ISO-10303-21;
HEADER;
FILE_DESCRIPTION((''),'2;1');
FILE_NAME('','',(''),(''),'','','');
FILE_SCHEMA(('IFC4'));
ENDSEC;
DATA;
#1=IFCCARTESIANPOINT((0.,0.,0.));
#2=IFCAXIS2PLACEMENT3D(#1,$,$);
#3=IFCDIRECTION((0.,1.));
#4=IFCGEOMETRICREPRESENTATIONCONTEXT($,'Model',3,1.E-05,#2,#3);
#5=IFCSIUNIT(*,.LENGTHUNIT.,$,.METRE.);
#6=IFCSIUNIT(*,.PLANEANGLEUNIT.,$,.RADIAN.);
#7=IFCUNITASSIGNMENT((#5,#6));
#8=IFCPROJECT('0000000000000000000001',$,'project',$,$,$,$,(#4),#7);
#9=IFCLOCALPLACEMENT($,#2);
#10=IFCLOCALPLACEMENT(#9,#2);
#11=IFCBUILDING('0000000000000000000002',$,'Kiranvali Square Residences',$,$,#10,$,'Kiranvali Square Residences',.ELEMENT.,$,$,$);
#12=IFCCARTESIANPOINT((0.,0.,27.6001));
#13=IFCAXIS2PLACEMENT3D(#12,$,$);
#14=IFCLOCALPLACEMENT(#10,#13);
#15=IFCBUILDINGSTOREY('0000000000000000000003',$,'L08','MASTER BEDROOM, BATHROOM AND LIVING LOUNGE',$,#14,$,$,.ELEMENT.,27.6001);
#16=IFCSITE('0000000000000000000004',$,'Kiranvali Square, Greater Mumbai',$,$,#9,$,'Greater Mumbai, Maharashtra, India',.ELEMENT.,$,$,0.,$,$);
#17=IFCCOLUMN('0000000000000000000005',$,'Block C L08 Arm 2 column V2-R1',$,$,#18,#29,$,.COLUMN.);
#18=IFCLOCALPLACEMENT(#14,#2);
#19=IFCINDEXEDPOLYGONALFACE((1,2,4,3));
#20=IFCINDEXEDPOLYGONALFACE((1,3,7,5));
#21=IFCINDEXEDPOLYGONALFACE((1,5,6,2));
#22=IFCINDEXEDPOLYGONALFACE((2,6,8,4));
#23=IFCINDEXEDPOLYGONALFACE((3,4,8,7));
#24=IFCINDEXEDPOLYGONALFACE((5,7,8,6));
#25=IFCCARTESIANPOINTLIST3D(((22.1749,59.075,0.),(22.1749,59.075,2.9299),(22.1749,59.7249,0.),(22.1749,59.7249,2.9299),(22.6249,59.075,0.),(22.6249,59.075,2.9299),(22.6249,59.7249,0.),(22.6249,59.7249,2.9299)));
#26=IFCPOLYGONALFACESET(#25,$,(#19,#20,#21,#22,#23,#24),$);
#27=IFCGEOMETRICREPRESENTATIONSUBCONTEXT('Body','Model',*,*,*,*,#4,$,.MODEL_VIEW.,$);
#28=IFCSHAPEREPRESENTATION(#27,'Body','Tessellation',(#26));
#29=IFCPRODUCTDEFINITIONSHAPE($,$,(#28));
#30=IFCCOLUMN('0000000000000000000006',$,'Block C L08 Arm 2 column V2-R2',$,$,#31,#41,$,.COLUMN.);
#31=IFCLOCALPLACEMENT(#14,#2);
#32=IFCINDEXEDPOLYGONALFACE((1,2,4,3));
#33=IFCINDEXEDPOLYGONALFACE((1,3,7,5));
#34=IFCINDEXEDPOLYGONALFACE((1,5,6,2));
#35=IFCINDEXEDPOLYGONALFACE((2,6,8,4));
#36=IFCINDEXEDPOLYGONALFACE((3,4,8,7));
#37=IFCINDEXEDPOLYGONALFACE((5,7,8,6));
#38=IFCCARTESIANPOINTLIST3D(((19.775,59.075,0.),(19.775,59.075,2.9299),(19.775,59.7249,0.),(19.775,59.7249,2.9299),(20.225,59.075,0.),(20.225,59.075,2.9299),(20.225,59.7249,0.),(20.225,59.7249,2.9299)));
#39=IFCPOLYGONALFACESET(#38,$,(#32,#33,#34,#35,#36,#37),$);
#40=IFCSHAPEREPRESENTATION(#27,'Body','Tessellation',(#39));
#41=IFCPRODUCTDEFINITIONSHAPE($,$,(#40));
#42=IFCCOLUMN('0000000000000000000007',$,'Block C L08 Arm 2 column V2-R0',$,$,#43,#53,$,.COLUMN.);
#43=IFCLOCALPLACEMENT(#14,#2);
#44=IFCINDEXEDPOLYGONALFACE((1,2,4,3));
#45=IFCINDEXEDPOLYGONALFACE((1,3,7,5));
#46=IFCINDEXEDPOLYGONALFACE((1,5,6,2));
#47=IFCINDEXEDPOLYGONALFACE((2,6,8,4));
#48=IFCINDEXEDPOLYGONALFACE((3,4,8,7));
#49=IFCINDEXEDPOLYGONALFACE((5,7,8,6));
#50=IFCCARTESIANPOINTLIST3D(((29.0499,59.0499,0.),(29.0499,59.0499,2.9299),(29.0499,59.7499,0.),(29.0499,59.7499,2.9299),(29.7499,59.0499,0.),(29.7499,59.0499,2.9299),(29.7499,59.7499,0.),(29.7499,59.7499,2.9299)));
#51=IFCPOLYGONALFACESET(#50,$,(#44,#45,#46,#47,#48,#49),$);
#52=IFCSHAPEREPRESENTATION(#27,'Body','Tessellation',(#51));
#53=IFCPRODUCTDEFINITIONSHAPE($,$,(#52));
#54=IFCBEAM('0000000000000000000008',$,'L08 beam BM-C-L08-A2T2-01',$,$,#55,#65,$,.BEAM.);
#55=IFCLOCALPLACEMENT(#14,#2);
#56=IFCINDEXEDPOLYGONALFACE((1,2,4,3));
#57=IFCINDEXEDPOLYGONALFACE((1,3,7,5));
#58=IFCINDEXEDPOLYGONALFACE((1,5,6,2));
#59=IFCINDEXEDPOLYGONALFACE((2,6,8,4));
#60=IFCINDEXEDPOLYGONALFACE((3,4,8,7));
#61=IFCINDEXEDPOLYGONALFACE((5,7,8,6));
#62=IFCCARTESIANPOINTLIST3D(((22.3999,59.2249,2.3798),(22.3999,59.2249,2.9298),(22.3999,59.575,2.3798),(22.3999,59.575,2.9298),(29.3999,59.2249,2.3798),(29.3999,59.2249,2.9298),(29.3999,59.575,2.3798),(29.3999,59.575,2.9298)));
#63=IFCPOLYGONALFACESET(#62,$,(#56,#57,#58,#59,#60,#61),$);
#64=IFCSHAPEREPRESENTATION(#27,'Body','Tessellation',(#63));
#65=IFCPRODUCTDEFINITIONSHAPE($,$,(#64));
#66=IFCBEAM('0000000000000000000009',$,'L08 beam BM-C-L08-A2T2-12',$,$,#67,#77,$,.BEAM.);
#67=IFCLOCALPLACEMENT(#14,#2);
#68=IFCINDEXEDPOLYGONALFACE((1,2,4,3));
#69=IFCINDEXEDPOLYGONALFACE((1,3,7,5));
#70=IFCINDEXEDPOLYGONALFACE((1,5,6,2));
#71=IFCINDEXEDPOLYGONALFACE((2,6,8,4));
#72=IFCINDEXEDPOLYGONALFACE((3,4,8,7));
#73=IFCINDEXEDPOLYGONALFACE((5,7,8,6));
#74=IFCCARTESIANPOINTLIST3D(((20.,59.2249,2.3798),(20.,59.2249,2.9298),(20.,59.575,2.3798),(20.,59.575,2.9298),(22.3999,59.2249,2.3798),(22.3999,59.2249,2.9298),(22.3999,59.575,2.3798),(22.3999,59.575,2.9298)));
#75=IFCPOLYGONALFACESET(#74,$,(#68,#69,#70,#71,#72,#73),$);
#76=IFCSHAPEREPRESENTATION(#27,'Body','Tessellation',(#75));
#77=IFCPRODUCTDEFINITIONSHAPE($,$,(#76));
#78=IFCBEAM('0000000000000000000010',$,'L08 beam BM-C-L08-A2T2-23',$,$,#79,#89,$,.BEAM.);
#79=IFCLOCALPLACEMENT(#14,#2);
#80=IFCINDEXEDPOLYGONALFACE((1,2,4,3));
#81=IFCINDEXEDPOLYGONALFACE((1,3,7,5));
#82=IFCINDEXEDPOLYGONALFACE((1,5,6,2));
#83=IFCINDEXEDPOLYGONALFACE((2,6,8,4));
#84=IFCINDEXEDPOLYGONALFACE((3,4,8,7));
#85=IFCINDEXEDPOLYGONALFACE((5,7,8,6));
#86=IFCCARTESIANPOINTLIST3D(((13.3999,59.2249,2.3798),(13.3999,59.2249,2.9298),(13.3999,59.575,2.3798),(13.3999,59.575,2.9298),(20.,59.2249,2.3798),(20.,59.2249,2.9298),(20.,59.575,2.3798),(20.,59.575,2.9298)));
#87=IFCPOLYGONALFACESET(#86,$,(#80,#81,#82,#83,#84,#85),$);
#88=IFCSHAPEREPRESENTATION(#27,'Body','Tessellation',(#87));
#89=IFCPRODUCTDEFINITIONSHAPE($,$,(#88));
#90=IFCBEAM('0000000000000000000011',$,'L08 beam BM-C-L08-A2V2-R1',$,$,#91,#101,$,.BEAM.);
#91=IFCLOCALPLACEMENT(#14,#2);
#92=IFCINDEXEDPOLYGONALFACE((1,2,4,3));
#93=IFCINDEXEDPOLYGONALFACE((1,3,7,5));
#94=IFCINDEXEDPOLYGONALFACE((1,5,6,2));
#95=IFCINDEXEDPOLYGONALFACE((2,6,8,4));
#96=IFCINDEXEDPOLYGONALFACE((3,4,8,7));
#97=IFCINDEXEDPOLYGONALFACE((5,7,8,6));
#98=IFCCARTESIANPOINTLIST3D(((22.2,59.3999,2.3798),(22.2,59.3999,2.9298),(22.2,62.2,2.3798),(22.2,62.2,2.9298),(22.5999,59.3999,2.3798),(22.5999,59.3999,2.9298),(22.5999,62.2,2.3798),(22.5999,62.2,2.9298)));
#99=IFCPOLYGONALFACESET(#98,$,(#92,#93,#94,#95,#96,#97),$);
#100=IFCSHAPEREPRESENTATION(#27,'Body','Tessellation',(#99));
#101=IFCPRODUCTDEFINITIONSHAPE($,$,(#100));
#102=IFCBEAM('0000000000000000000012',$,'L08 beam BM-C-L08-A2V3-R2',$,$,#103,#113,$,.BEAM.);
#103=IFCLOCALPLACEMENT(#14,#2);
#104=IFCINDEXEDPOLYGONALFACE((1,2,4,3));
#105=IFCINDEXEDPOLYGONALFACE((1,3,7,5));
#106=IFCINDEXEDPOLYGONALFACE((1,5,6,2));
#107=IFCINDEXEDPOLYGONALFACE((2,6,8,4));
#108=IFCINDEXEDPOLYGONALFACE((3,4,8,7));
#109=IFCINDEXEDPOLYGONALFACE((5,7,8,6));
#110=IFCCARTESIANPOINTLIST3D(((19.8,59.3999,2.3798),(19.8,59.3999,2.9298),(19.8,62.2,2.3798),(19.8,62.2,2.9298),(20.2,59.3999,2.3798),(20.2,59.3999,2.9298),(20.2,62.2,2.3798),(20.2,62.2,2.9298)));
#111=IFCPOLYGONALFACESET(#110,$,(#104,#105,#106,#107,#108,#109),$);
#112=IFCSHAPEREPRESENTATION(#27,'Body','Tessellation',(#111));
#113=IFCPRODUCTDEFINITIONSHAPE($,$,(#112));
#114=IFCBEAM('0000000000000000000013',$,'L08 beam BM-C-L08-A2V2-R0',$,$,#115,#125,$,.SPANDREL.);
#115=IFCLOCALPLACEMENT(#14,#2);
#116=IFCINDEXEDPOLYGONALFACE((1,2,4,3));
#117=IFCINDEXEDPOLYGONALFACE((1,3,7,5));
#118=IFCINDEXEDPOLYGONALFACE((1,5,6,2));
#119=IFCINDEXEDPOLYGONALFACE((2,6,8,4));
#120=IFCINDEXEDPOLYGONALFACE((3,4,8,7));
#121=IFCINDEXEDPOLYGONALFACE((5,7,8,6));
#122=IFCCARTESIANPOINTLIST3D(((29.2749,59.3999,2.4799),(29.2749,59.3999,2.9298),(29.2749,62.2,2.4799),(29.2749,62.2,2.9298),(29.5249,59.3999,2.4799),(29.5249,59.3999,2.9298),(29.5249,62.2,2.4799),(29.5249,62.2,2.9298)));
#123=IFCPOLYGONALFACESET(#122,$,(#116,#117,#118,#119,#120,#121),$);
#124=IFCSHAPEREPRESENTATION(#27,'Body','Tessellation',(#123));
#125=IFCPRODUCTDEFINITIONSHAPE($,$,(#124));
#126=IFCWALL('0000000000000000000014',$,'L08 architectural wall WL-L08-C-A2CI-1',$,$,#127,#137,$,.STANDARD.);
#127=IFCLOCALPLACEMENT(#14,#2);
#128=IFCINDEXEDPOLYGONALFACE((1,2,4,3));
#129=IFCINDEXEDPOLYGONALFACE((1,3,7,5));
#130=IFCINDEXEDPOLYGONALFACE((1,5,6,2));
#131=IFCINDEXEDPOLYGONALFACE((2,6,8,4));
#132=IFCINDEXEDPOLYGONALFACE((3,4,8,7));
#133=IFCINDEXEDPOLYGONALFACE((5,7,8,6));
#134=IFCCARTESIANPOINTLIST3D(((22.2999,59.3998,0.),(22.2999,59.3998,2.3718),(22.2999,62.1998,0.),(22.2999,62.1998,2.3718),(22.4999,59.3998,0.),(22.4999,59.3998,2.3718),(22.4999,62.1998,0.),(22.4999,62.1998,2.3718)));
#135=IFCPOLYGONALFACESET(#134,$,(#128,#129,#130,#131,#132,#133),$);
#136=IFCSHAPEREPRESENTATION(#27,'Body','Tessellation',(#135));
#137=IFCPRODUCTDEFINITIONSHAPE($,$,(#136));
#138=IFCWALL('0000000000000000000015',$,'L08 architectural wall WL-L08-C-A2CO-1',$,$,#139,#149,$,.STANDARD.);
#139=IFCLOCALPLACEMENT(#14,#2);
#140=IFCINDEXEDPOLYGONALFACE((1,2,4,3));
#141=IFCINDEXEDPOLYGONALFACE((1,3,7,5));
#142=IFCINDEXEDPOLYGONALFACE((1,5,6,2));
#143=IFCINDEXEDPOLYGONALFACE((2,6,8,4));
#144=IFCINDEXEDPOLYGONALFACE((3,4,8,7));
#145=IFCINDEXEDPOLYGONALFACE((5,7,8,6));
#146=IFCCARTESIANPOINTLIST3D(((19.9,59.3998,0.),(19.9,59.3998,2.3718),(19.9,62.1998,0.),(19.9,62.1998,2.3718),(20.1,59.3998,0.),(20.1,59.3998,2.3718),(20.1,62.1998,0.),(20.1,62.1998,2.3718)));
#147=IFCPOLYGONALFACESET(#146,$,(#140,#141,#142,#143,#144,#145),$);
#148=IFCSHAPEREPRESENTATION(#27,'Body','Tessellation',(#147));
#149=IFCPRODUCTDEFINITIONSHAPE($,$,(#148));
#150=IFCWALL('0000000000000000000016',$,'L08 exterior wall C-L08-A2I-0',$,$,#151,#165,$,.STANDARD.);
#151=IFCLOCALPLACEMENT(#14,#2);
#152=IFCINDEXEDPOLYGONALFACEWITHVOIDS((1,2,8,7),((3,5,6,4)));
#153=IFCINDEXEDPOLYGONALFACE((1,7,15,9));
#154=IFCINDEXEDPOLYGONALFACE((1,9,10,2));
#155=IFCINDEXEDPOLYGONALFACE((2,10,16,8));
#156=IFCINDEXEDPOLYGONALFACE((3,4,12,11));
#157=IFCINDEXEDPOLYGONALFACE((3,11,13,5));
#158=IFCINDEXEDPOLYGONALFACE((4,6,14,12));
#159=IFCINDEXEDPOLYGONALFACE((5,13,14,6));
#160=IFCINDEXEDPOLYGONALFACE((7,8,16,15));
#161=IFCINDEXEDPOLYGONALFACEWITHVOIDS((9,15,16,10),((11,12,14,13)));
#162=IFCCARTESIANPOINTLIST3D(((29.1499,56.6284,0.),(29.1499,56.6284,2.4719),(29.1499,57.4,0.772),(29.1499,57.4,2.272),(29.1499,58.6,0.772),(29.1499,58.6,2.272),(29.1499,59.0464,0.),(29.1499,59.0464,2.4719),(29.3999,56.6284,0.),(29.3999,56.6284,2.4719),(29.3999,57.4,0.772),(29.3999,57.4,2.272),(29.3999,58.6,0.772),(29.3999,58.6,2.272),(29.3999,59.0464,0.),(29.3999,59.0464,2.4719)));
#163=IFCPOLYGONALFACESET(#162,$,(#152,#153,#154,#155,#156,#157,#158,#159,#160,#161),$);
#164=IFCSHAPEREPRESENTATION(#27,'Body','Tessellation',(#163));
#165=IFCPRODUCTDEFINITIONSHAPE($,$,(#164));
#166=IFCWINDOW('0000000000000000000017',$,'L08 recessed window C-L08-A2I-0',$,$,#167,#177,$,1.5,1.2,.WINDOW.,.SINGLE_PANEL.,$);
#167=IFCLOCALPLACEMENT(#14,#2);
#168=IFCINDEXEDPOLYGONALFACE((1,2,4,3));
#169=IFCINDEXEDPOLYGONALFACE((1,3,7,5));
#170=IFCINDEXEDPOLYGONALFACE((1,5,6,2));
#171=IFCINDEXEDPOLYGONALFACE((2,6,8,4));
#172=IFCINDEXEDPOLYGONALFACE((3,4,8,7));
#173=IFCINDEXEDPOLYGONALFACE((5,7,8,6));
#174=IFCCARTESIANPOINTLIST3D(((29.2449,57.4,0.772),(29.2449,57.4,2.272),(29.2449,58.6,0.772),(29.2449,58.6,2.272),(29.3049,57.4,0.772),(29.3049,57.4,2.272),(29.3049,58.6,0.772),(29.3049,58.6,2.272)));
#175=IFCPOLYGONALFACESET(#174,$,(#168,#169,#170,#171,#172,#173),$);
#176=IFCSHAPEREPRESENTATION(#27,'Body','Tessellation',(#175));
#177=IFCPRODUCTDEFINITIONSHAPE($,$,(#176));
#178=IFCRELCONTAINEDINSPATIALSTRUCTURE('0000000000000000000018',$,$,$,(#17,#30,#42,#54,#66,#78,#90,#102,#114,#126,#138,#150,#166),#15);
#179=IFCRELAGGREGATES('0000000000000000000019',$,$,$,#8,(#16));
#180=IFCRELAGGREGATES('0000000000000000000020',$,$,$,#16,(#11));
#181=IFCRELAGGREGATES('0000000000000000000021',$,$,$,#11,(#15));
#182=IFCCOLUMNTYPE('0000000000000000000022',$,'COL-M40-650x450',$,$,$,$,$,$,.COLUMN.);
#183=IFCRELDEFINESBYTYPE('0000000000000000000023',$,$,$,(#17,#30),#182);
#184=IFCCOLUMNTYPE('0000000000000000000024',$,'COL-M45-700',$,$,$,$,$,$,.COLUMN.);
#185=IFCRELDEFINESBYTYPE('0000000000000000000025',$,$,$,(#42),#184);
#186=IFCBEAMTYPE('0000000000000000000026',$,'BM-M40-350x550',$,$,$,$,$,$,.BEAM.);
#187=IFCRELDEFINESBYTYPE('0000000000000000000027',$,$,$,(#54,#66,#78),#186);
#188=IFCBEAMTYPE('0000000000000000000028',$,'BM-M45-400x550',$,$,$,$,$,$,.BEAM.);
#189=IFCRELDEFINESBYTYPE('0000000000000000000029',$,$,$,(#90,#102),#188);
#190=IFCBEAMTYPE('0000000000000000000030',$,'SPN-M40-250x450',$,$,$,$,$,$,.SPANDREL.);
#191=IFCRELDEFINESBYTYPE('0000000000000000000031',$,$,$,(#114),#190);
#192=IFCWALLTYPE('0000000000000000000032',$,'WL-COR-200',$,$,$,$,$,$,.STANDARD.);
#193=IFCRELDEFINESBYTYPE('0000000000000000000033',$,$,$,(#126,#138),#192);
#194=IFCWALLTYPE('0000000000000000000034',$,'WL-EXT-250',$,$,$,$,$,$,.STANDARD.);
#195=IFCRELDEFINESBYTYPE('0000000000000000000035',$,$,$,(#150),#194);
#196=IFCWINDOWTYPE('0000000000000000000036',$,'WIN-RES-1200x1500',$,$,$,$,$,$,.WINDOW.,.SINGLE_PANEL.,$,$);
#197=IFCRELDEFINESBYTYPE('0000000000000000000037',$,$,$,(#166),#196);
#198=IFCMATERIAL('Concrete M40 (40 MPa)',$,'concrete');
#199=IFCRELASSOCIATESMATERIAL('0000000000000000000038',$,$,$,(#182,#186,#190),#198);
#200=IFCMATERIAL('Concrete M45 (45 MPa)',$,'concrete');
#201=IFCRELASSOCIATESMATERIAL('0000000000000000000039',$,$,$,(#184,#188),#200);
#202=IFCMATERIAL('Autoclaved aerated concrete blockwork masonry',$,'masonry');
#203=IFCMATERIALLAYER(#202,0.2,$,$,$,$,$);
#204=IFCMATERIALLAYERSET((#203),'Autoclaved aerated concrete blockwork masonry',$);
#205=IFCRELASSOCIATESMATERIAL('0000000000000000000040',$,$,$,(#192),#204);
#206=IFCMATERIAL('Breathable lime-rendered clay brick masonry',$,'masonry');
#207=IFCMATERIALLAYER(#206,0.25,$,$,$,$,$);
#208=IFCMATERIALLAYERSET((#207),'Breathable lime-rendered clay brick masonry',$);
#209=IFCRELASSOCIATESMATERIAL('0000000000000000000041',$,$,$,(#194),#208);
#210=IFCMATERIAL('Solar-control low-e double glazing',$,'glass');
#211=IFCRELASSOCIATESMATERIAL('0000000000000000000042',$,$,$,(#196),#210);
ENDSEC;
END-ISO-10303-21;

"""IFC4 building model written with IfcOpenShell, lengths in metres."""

from ifc_helpers import new_model, si_unit, direction, frame, frame_2d, origin, origin_2d, place, context, subcontext, project, spatial, rectangle, extrude, material, layer, layer_set, material_profile, profile_set, type_object, element, fill, save


model = new_model("IFC4")

# Units and contexts
model_context = context("Model", 3, precision=1e-05, world=origin(), true_north=direction((0.0, 1.0)))
body_context = subcontext(model_context, "Body", "Model", "MODEL_VIEW")
ifc_project = project(units=[si_unit("LENGTHUNIT", "METRE"), si_unit("PLANEANGLEUNIT", "RADIAN")], contexts=[model_context])

# Site, building, storey
site_placement = place(None, origin())
site = spatial("IfcSite", under=ifc_project, at=site_placement, Name="Kiranvali Square, Greater Mumbai", LongName="Greater Mumbai, Maharashtra, India", CompositionType="ELEMENT", RefElevation=0.0)
building_placement = place(site_placement, origin())
building = spatial("IfcBuilding", under=site, at=building_placement, Name="Kiranvali Square Residences", LongName="Kiranvali Square Residences", CompositionType="ELEMENT")
storey_placement = place(building_placement, frame((0.0, 0.0, 27.6001)))
storey = spatial("IfcBuildingStorey", under=building, at=storey_placement, Name="L08", Description="MASTER BEDROOM, BATHROOM AND LIVING LOUNGE", CompositionType="ELEMENT", Elevation=27.6001)

# Columns
ifc_material_1 = material(Name="Concrete M40 (40 MPa)", Category="concrete")
ifc_material_profile_1 = material_profile(ifc_material_1, rectangle(XDim=0.45, YDim=0.6499, at=origin_2d()), Name="RC 650x450")
ifc_profile_set_1 = profile_set([ifc_material_profile_1], Name="Concrete M40 (40 MPa)")
column_type_1 = type_object("IfcColumnType", Name="COL-M40-650x450", PredefinedType="COLUMN", material=ifc_profile_set_1)
for number, where, z_axis, x_axis, name in (
    (1, (22.3999, 59.3999, 0.0), (0.0, 0.0, 1.0), (1.0, 0.0, 0.0), "Block C L08 Arm 2 column V2-R1"),
    (2, (20.0, 59.3999, 0.0), (0.0, 0.0, 1.0), (1.0, 0.0, 0.0), "Block C L08 Arm 2 column V2-R2"),
):
    element("IfcColumn", number, at=place(storey_placement, frame(where, z_axis=z_axis, x_axis=x_axis)), inside=storey, type_object=column_type_1, Name=name, PredefinedType="COLUMN", context=body_context, shape_type="SweptSolid", body=[
        extrude(rectangle(XDim=0.45, YDim=0.6499, at=origin_2d()), origin(), (0.0, 0.0, 1.0), 2.9299),
    ])
ifc_material_2 = material(Name="Concrete M45 (45 MPa)", Category="concrete")
ifc_material_profile_2 = material_profile(ifc_material_2, rectangle(XDim=0.7, YDim=0.7, at=origin_2d()), Name="RC 700x700")
ifc_profile_set_2 = profile_set([ifc_material_profile_2], Name="Concrete M45 (45 MPa)")
column_type_2 = type_object("IfcColumnType", Name="COL-M45-700", PredefinedType="COLUMN", material=ifc_profile_set_2)
column_placement = place(storey_placement, frame((29.3999, 59.3999, 0.0), z_axis=(0.0, 0.0, 1.0), x_axis=(1.0, 0.0, 0.0)))
element("IfcColumn", 3, at=column_placement, inside=storey, type_object=column_type_2, Name="Block C L08 Arm 2 column V2-R0", PredefinedType="COLUMN", context=body_context, shape_type="SweptSolid", body=[
    extrude(rectangle(XDim=0.7, YDim=0.7, at=origin_2d()), origin(), (0.0, 0.0, 1.0), 2.9299),
])

# Beams
ifc_material_profile_3 = material_profile(ifc_material_1, rectangle(XDim=0.3501, YDim=0.55, at=origin_2d()), Name="RC 350x550")
ifc_profile_set_3 = profile_set([ifc_material_profile_3], Name="Concrete M40 (40 MPa)")
beam_type_1 = type_object("IfcBeamType", Name="BM-M40-350x550", PredefinedType="BEAM", material=ifc_profile_set_3)
beam_1_placement = place(storey_placement, frame((29.3999, 59.3999, 2.6548), z_axis=(-1.0, 0.0, 0.0), x_axis=(0.0, -1.0, 0.0)))
element("IfcBeam", 4, at=beam_1_placement, inside=storey, type_object=beam_type_1, Name="L08 beam BM-C-L08-A2T2-01", PredefinedType="BEAM", context=body_context, shape_type="SweptSolid", body=[
    extrude(rectangle(XDim=0.3501, YDim=0.55, at=origin_2d()), origin(), (0.0, 0.0, 1.0), 7.0),
])
beam_2_placement = place(storey_placement, frame((22.3999, 59.3999, 2.6548), z_axis=(-1.0, 0.0, 0.0), x_axis=(0.0, -1.0, 0.0)))
element("IfcBeam", 5, at=beam_2_placement, inside=storey, type_object=beam_type_1, Name="L08 beam BM-C-L08-A2T2-12", PredefinedType="BEAM", context=body_context, shape_type="SweptSolid", body=[
    extrude(rectangle(XDim=0.3501, YDim=0.55, at=origin_2d()), origin(), (0.0, 0.0, 1.0), 2.3999),
])
beam_3_placement = place(storey_placement, frame((20.0, 59.3999, 2.6548), z_axis=(-1.0, 0.0, 0.0), x_axis=(0.0, -1.0, 0.0)))
element("IfcBeam", 6, at=beam_3_placement, inside=storey, type_object=beam_type_1, Name="L08 beam BM-C-L08-A2T2-23", PredefinedType="BEAM", context=body_context, shape_type="SweptSolid", body=[
    extrude(rectangle(XDim=0.3501, YDim=0.55, at=origin_2d()), origin(), (0.0, 0.0, 1.0), 6.6001),
])
ifc_material_profile_4 = material_profile(ifc_material_2, rectangle(XDim=0.3999, YDim=0.55, at=origin_2d()), Name="RC 400x550")
ifc_profile_set_4 = profile_set([ifc_material_profile_4], Name="Concrete M45 (45 MPa)")
beam_type_2 = type_object("IfcBeamType", Name="BM-M45-400x550", PredefinedType="BEAM", material=ifc_profile_set_4)
for number, where, z_axis, x_axis, name in (
    (7, (22.3999, 59.3999, 2.6548), (0.0, 1.0, 0.0), (-1.0, 0.0, 0.0), "L08 beam BM-C-L08-A2V2-R1"),
    (8, (20.0, 59.3999, 2.6548), (0.0, 1.0, 0.0), (-1.0, 0.0, 0.0), "L08 beam BM-C-L08-A2V3-R2"),
):
    element("IfcBeam", number, at=place(storey_placement, frame(where, z_axis=z_axis, x_axis=x_axis)), inside=storey, type_object=beam_type_2, Name=name, PredefinedType="BEAM", context=body_context, shape_type="SweptSolid", body=[
        extrude(rectangle(XDim=0.3999, YDim=0.55, at=origin_2d()), origin(), (0.0, 0.0, 1.0), 2.8),
    ])
ifc_material_profile_5 = material_profile(ifc_material_1, rectangle(XDim=0.25, YDim=0.45, at=origin_2d()), Name="RC 250x450")
ifc_profile_set_5 = profile_set([ifc_material_profile_5], Name="Concrete M40 (40 MPa)")
beam_type_3 = type_object("IfcBeamType", Name="SPN-M40-250x450", PredefinedType="SPANDREL", material=ifc_profile_set_5)
beam_4_placement = place(storey_placement, frame((29.3999, 59.3999, 2.7048), z_axis=(0.0, 1.0, 0.0), x_axis=(-1.0, 0.0, 0.0)))
element("IfcBeam", 9, at=beam_4_placement, inside=storey, type_object=beam_type_3, Name="L08 beam BM-C-L08-A2V2-R0", PredefinedType="SPANDREL", context=body_context, shape_type="SweptSolid", body=[
    extrude(rectangle(XDim=0.25, YDim=0.45, at=origin_2d()), origin(), (0.0, 0.0, 1.0), 2.8),
])

# Walls
ifc_material_3 = material(Name="Autoclaved aerated concrete blockwork masonry", Category="masonry")
ifc_layer_1 = layer(ifc_material_3, 0.2)
ifc_layer_set_1 = layer_set([ifc_layer_1], Name="Autoclaved aerated concrete blockwork masonry")
wall_type_1 = type_object("IfcWallType", Name="WL-COR-200", PredefinedType="STANDARD", material=ifc_layer_set_1)
for number, where, z_axis, x_axis, name in (
    (10, (22.3999, 59.3999, 0.0), (0.0, 0.0, 1.0), (0.0, 1.0, 0.0), "L08 architectural wall WL-L08-C-A2CI-1"),
    (11, (20.0, 59.3999, 0.0), (0.0, 0.0, 1.0), (0.0, 1.0, 0.0), "L08 architectural wall WL-L08-C-A2CO-1"),
):
    element("IfcWall", number, at=place(storey_placement, frame(where, z_axis=z_axis, x_axis=x_axis)), inside=storey, type_object=wall_type_1, Name=name, PredefinedType="STANDARD", context=body_context, shape_type="SweptSolid", body=[
        extrude(rectangle(XDim=2.8, YDim=0.2, at=frame_2d((1.3999, 0.0))), origin(), (0.0, 0.0, 1.0), 2.3718),
    ])

# Wall, opening, window
ifc_material_4 = material(Name="Breathable lime-rendered clay brick masonry", Category="masonry")
ifc_layer_2 = layer(ifc_material_4, 0.25)
ifc_layer_set_2 = layer_set([ifc_layer_2], Name="Breathable lime-rendered clay brick masonry")
wall_type_2 = type_object("IfcWallType", Name="WL-EXT-250", PredefinedType="STANDARD", material=ifc_layer_set_2)
wall_1_placement = place(storey_placement, frame((29.2749, 56.6284, 0.0), z_axis=(0.0, 0.0, 1.0), x_axis=(0.0, 1.0, 0.0)))
wall_1 = element("IfcWall", 12, at=wall_1_placement, inside=storey, type_object=wall_type_2, Name="L08 exterior wall C-L08-A2I-0", PredefinedType="STANDARD", context=body_context, shape_type="SweptSolid", body=[
    extrude(rectangle(XDim=2.418, YDim=0.25, at=frame_2d((1.209, 0.0))), origin(), (0.0, 0.0, 1.0), 2.4719),
])
opening_1_placement = place(wall_1_placement, frame((0.7715, 0.0, 0.772)))
opening_1 = element("IfcOpeningElement", 13, at=opening_1_placement, cuts=wall_1, PredefinedType="OPENING", context=body_context, shape_type="SweptSolid", body=[
    extrude(rectangle(XDim=1.2, YDim=1.5, at=frame_2d((0.6001, 0.75))), frame((0.0, 0.135, 0.0), z_axis=(0.0, -1.0, 0.0), x_axis=(1.0, 0.0, 0.0)), (0.0, 0.0, 1.0), 0.27),
])
ifc_material_5 = material(Name="Solar-control low-e double glazing", Category="glass")
window_type_1 = type_object("IfcWindowType", Name="WIN-RES-1200x1500", PartitioningType="SINGLE_PANEL", PredefinedType="WINDOW", material=ifc_material_5)
window_1_placement = place(opening_1_placement, origin())
window_1 = element("IfcWindow", 14, at=window_1_placement, inside=storey, type_object=window_type_1, Name="L08 recessed window C-L08-A2I-0", OverallHeight=1.5, OverallWidth=1.2, PartitioningType="SINGLE_PANEL", PredefinedType="WINDOW", context=body_context, shape_type="SweptSolid", body=[
    extrude(rectangle(XDim=1.2, YDim=1.5, at=frame_2d((0.6001, 0.75))), frame((0.0, 0.03, 0.0), z_axis=(0.0, -1.0, 0.0), x_axis=(1.0, 0.0, 0.0)), (0.0, 0.0, 1.0), 0.0601),
])
fill(opening_1, window_1)

save(model, "model.ifc")
